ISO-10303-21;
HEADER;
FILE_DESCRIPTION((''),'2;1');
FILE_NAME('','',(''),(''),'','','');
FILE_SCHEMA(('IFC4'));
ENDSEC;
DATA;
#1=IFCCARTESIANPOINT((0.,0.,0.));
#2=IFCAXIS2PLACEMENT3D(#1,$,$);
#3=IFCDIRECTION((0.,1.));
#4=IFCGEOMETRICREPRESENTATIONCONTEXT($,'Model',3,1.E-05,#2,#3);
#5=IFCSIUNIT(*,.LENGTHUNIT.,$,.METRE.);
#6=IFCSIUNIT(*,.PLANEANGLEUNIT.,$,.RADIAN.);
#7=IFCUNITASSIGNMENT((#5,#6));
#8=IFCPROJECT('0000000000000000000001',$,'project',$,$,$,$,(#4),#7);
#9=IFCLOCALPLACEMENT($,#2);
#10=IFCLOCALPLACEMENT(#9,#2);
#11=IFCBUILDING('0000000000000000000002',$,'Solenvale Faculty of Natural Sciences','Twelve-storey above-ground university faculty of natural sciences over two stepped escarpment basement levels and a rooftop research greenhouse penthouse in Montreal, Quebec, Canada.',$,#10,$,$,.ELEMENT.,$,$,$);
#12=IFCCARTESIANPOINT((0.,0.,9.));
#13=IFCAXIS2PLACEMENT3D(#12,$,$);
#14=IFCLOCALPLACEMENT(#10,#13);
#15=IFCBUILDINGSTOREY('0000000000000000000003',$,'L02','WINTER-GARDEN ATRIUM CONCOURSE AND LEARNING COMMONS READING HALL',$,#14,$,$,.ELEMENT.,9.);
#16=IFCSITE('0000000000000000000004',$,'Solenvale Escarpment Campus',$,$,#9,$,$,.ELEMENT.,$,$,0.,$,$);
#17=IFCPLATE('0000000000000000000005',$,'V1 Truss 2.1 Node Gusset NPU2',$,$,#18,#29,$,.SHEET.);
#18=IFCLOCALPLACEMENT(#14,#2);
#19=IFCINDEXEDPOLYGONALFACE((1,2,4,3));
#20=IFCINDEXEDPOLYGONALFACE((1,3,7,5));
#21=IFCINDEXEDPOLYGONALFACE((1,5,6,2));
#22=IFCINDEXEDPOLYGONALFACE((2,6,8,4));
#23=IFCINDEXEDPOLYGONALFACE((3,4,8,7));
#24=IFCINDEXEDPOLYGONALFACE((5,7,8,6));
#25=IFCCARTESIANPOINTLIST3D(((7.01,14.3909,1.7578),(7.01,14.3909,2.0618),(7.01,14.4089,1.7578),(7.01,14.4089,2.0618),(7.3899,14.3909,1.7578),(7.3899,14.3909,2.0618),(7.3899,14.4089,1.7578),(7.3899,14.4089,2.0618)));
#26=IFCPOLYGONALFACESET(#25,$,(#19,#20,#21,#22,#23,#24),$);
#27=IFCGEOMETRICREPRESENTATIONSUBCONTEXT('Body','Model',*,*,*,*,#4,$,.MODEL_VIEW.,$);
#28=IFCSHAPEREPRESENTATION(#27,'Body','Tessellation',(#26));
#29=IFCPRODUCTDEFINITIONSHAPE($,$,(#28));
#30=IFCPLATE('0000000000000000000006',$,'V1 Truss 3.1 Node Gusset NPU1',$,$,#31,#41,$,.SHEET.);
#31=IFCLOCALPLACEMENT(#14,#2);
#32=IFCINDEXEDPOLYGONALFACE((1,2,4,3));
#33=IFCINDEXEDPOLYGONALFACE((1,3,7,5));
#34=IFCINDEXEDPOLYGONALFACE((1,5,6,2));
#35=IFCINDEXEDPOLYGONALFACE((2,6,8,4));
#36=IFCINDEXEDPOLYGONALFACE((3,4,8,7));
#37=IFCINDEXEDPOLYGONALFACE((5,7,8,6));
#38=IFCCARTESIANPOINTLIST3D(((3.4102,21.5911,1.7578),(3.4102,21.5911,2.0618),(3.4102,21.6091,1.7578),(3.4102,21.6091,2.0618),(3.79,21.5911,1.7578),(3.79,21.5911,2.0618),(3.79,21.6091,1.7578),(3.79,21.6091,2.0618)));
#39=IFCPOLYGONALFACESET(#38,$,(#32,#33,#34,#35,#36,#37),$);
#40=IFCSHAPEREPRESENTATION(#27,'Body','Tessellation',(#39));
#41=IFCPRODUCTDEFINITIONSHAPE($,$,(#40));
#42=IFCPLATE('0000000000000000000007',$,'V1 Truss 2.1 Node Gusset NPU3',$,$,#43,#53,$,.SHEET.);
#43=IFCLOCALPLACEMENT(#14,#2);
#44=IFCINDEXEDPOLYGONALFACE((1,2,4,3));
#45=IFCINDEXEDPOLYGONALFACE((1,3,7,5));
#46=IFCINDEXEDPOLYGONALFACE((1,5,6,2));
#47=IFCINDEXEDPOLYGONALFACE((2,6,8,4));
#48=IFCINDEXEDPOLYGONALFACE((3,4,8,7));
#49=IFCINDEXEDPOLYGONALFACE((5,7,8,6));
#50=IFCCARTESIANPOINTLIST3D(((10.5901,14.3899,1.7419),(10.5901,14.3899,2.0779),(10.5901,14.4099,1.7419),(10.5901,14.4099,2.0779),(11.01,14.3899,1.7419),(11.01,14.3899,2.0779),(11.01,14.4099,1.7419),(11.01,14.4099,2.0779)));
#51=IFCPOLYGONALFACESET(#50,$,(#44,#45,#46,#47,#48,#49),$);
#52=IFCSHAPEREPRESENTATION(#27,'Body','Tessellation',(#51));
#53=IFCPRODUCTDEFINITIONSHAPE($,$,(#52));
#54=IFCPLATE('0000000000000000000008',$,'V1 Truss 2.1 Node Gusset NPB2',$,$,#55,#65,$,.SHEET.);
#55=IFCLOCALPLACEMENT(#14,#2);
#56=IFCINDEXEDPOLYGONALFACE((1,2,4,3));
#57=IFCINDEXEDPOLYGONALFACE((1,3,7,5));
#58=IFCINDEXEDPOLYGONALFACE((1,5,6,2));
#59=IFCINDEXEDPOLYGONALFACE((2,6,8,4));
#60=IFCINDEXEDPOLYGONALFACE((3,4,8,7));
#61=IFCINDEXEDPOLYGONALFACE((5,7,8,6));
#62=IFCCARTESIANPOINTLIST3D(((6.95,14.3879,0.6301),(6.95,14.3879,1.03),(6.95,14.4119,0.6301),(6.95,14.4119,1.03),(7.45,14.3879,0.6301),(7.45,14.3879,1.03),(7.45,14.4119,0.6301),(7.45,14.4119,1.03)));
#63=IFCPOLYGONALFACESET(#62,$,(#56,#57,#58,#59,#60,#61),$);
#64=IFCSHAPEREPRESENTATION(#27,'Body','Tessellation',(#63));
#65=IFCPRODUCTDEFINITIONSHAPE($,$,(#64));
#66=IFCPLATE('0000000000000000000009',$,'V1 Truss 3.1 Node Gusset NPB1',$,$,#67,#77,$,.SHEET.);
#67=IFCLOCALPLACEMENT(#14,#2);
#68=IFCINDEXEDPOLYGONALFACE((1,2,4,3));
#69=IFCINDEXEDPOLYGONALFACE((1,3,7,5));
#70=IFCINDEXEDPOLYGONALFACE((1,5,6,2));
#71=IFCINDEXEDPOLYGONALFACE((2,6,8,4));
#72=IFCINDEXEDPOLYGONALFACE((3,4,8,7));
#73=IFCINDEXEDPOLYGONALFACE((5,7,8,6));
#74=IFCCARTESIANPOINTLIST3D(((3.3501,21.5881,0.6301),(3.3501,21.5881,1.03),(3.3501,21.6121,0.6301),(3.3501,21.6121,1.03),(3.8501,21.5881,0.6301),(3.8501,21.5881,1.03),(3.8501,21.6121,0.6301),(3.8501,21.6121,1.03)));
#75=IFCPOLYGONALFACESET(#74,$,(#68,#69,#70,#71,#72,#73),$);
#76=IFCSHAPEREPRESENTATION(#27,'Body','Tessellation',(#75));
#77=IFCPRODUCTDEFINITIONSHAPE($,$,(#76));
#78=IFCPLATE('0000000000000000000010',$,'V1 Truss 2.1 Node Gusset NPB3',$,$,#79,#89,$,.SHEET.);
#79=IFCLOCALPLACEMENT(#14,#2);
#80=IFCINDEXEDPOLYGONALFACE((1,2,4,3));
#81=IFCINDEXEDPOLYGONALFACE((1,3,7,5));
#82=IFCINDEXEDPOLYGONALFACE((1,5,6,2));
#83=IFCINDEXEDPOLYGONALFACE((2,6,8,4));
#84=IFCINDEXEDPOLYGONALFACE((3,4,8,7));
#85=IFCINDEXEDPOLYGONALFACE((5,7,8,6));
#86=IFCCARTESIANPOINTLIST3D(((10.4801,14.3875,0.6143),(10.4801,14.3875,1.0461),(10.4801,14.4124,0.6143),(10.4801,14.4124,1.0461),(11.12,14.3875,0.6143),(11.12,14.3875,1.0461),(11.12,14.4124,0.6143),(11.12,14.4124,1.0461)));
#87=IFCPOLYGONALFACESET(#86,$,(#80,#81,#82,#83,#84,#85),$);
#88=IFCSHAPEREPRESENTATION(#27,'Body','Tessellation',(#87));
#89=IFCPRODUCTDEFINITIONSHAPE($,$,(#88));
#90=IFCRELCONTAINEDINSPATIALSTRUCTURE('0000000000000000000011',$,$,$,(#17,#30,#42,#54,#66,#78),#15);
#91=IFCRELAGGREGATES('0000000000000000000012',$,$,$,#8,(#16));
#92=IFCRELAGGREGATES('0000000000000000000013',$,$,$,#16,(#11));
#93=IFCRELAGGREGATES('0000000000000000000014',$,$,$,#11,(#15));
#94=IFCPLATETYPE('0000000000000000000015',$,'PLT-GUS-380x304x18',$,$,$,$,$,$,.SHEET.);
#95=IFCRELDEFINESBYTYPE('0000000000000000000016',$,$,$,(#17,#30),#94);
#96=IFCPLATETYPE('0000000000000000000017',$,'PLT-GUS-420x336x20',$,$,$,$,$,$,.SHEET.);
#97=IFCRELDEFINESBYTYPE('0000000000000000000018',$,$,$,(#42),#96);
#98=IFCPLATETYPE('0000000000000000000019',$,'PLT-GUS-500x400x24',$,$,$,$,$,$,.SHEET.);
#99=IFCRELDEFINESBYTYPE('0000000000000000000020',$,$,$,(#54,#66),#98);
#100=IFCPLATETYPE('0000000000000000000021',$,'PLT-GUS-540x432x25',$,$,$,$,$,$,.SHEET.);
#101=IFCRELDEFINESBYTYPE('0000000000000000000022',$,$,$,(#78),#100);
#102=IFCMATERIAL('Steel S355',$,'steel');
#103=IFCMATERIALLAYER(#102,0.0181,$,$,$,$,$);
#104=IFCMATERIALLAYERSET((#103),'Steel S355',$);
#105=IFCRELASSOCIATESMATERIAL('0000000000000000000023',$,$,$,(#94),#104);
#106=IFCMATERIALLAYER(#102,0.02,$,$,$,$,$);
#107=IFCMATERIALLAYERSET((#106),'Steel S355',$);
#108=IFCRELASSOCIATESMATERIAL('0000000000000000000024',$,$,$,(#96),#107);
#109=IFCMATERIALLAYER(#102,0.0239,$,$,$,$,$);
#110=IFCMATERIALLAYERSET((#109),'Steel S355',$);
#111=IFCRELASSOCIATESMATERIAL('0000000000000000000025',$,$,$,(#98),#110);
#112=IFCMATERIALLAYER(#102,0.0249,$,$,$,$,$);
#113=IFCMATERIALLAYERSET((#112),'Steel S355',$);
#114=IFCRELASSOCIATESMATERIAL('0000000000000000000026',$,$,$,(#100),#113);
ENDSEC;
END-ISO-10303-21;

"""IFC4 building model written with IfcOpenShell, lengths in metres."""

from ifc_helpers import new_model, si_unit, direction, frame, origin, origin_2d, place, context, subcontext, project, spatial, rectangle, extrude, material, layer, layer_set, type_object, element, save


model = new_model("IFC4")

# Units and contexts
model_context = context("Model", 3, precision=1e-05, world=origin(), true_north=direction((0.0, 1.0)))
body_context = subcontext(model_context, "Body", "Model", "MODEL_VIEW")
ifc_project = project(units=[si_unit("LENGTHUNIT", "METRE"), si_unit("PLANEANGLEUNIT", "RADIAN")], contexts=[model_context])

# Site, building, storey
site_placement = place(None, origin())
site = spatial("IfcSite", under=ifc_project, at=site_placement, Name="Solenvale Escarpment Campus", CompositionType="ELEMENT", RefElevation=0.0)
building_placement = place(site_placement, origin())
building = spatial("IfcBuilding", under=site, at=building_placement, Name="Solenvale Faculty of Natural Sciences", Description="Twelve-storey above-ground university faculty of natural sciences over two stepped escarpment basement levels and a rooftop research greenhouse penthouse in Montreal, Quebec, Canada.", CompositionType="ELEMENT")
storey_placement = place(building_placement, frame((0.0, 0.0, 9.0)))
storey = spatial("IfcBuildingStorey", under=building, at=storey_placement, Name="L02", Description="WINTER-GARDEN ATRIUM CONCOURSE AND LEARNING COMMONS READING HALL", CompositionType="ELEMENT", Elevation=9.0)

# Shared definitions
ifc_material_1 = material(Name="Steel S355", Category="steel")

# Plates
ifc_layer_1 = layer(ifc_material_1, 0.0181)
ifc_layer_set_1 = layer_set([ifc_layer_1], Name="Steel S355")
plate_type_1 = type_object("IfcPlateType", Name="PLT-GUS-380x304x18", PredefinedType="SHEET", material=ifc_layer_set_1)
for number, where, z_axis, x_axis, name in (
    (1, (7.2, 14.3999, 1.7578), (0.0, 0.0, 1.0), (1.0, 0.0, 0.0), "V1 Truss 2.1 Node Gusset NPU2"),
    (2, (3.6001, 21.6001, 1.7578), (0.0, 0.0, 1.0), (1.0, 0.0, 0.0), "V1 Truss 3.1 Node Gusset NPU1"),
):
    element("IfcPlate", number, at=place(storey_placement, frame(where, z_axis=z_axis, x_axis=x_axis)), inside=storey, type_object=plate_type_1, Name=name, PredefinedType="SHEET", context=body_context, shape_type="SweptSolid", body=[
        extrude(rectangle(XDim=0.3799, YDim=0.0181, at=origin_2d()), origin(), (0.0, 0.0, 1.0), 0.304),
    ])
ifc_layer_2 = layer(ifc_material_1, 0.02)
ifc_layer_set_2 = layer_set([ifc_layer_2], Name="Steel S355")
plate_type_2 = type_object("IfcPlateType", Name="PLT-GUS-420x336x20", PredefinedType="SHEET", material=ifc_layer_set_2)
plate_1_placement = place(storey_placement, frame((10.8, 14.3999, 1.7419), z_axis=(0.0, 0.0, 1.0), x_axis=(1.0, 0.0, 0.0)))
element("IfcPlate", 3, at=plate_1_placement, inside=storey, type_object=plate_type_2, Name="V1 Truss 2.1 Node Gusset NPU3", PredefinedType="SHEET", context=body_context, shape_type="SweptSolid", body=[
    extrude(rectangle(XDim=0.4199, YDim=0.02, at=origin_2d()), origin(), (0.0, 0.0, 1.0), 0.3359),
])
ifc_layer_3 = layer(ifc_material_1, 0.0239)
ifc_layer_set_3 = layer_set([ifc_layer_3], Name="Steel S355")
plate_type_3 = type_object("IfcPlateType", Name="PLT-GUS-500x400x24", PredefinedType="SHEET", material=ifc_layer_set_3)
for number, where, z_axis, x_axis, name in (
    (4, (7.2, 14.3999, 0.6301), (0.0, 0.0, 1.0), (1.0, 0.0, 0.0), "V1 Truss 2.1 Node Gusset NPB2"),
    (5, (3.6001, 21.6001, 0.6301), (0.0, 0.0, 1.0), (1.0, 0.0, 0.0), "V1 Truss 3.1 Node Gusset NPB1"),
):
    element("IfcPlate", number, at=place(storey_placement, frame(where, z_axis=z_axis, x_axis=x_axis)), inside=storey, type_object=plate_type_3, Name=name, PredefinedType="SHEET", context=body_context, shape_type="SweptSolid", body=[
        extrude(rectangle(XDim=0.5, YDim=0.0239, at=origin_2d()), origin(), (0.0, 0.0, 1.0), 0.3999),
    ])
ifc_layer_4 = layer(ifc_material_1, 0.0249)
ifc_layer_set_4 = layer_set([ifc_layer_4], Name="Steel S355")
plate_type_4 = type_object("IfcPlateType", Name="PLT-GUS-540x432x25", PredefinedType="SHEET", material=ifc_layer_set_4)
plate_2_placement = place(storey_placement, frame((10.8, 14.3999, 0.6143), z_axis=(0.0, 0.0, 1.0), x_axis=(1.0, 0.0, 0.0)))
element("IfcPlate", 6, at=plate_2_placement, inside=storey, type_object=plate_type_4, Name="V1 Truss 2.1 Node Gusset NPB3", PredefinedType="SHEET", context=body_context, shape_type="SweptSolid", body=[
    extrude(rectangle(XDim=0.6399, YDim=0.0249, at=origin_2d()), origin(), (0.0, 0.0, 1.0), 0.4319),
])

save(model, "model.ifc")
